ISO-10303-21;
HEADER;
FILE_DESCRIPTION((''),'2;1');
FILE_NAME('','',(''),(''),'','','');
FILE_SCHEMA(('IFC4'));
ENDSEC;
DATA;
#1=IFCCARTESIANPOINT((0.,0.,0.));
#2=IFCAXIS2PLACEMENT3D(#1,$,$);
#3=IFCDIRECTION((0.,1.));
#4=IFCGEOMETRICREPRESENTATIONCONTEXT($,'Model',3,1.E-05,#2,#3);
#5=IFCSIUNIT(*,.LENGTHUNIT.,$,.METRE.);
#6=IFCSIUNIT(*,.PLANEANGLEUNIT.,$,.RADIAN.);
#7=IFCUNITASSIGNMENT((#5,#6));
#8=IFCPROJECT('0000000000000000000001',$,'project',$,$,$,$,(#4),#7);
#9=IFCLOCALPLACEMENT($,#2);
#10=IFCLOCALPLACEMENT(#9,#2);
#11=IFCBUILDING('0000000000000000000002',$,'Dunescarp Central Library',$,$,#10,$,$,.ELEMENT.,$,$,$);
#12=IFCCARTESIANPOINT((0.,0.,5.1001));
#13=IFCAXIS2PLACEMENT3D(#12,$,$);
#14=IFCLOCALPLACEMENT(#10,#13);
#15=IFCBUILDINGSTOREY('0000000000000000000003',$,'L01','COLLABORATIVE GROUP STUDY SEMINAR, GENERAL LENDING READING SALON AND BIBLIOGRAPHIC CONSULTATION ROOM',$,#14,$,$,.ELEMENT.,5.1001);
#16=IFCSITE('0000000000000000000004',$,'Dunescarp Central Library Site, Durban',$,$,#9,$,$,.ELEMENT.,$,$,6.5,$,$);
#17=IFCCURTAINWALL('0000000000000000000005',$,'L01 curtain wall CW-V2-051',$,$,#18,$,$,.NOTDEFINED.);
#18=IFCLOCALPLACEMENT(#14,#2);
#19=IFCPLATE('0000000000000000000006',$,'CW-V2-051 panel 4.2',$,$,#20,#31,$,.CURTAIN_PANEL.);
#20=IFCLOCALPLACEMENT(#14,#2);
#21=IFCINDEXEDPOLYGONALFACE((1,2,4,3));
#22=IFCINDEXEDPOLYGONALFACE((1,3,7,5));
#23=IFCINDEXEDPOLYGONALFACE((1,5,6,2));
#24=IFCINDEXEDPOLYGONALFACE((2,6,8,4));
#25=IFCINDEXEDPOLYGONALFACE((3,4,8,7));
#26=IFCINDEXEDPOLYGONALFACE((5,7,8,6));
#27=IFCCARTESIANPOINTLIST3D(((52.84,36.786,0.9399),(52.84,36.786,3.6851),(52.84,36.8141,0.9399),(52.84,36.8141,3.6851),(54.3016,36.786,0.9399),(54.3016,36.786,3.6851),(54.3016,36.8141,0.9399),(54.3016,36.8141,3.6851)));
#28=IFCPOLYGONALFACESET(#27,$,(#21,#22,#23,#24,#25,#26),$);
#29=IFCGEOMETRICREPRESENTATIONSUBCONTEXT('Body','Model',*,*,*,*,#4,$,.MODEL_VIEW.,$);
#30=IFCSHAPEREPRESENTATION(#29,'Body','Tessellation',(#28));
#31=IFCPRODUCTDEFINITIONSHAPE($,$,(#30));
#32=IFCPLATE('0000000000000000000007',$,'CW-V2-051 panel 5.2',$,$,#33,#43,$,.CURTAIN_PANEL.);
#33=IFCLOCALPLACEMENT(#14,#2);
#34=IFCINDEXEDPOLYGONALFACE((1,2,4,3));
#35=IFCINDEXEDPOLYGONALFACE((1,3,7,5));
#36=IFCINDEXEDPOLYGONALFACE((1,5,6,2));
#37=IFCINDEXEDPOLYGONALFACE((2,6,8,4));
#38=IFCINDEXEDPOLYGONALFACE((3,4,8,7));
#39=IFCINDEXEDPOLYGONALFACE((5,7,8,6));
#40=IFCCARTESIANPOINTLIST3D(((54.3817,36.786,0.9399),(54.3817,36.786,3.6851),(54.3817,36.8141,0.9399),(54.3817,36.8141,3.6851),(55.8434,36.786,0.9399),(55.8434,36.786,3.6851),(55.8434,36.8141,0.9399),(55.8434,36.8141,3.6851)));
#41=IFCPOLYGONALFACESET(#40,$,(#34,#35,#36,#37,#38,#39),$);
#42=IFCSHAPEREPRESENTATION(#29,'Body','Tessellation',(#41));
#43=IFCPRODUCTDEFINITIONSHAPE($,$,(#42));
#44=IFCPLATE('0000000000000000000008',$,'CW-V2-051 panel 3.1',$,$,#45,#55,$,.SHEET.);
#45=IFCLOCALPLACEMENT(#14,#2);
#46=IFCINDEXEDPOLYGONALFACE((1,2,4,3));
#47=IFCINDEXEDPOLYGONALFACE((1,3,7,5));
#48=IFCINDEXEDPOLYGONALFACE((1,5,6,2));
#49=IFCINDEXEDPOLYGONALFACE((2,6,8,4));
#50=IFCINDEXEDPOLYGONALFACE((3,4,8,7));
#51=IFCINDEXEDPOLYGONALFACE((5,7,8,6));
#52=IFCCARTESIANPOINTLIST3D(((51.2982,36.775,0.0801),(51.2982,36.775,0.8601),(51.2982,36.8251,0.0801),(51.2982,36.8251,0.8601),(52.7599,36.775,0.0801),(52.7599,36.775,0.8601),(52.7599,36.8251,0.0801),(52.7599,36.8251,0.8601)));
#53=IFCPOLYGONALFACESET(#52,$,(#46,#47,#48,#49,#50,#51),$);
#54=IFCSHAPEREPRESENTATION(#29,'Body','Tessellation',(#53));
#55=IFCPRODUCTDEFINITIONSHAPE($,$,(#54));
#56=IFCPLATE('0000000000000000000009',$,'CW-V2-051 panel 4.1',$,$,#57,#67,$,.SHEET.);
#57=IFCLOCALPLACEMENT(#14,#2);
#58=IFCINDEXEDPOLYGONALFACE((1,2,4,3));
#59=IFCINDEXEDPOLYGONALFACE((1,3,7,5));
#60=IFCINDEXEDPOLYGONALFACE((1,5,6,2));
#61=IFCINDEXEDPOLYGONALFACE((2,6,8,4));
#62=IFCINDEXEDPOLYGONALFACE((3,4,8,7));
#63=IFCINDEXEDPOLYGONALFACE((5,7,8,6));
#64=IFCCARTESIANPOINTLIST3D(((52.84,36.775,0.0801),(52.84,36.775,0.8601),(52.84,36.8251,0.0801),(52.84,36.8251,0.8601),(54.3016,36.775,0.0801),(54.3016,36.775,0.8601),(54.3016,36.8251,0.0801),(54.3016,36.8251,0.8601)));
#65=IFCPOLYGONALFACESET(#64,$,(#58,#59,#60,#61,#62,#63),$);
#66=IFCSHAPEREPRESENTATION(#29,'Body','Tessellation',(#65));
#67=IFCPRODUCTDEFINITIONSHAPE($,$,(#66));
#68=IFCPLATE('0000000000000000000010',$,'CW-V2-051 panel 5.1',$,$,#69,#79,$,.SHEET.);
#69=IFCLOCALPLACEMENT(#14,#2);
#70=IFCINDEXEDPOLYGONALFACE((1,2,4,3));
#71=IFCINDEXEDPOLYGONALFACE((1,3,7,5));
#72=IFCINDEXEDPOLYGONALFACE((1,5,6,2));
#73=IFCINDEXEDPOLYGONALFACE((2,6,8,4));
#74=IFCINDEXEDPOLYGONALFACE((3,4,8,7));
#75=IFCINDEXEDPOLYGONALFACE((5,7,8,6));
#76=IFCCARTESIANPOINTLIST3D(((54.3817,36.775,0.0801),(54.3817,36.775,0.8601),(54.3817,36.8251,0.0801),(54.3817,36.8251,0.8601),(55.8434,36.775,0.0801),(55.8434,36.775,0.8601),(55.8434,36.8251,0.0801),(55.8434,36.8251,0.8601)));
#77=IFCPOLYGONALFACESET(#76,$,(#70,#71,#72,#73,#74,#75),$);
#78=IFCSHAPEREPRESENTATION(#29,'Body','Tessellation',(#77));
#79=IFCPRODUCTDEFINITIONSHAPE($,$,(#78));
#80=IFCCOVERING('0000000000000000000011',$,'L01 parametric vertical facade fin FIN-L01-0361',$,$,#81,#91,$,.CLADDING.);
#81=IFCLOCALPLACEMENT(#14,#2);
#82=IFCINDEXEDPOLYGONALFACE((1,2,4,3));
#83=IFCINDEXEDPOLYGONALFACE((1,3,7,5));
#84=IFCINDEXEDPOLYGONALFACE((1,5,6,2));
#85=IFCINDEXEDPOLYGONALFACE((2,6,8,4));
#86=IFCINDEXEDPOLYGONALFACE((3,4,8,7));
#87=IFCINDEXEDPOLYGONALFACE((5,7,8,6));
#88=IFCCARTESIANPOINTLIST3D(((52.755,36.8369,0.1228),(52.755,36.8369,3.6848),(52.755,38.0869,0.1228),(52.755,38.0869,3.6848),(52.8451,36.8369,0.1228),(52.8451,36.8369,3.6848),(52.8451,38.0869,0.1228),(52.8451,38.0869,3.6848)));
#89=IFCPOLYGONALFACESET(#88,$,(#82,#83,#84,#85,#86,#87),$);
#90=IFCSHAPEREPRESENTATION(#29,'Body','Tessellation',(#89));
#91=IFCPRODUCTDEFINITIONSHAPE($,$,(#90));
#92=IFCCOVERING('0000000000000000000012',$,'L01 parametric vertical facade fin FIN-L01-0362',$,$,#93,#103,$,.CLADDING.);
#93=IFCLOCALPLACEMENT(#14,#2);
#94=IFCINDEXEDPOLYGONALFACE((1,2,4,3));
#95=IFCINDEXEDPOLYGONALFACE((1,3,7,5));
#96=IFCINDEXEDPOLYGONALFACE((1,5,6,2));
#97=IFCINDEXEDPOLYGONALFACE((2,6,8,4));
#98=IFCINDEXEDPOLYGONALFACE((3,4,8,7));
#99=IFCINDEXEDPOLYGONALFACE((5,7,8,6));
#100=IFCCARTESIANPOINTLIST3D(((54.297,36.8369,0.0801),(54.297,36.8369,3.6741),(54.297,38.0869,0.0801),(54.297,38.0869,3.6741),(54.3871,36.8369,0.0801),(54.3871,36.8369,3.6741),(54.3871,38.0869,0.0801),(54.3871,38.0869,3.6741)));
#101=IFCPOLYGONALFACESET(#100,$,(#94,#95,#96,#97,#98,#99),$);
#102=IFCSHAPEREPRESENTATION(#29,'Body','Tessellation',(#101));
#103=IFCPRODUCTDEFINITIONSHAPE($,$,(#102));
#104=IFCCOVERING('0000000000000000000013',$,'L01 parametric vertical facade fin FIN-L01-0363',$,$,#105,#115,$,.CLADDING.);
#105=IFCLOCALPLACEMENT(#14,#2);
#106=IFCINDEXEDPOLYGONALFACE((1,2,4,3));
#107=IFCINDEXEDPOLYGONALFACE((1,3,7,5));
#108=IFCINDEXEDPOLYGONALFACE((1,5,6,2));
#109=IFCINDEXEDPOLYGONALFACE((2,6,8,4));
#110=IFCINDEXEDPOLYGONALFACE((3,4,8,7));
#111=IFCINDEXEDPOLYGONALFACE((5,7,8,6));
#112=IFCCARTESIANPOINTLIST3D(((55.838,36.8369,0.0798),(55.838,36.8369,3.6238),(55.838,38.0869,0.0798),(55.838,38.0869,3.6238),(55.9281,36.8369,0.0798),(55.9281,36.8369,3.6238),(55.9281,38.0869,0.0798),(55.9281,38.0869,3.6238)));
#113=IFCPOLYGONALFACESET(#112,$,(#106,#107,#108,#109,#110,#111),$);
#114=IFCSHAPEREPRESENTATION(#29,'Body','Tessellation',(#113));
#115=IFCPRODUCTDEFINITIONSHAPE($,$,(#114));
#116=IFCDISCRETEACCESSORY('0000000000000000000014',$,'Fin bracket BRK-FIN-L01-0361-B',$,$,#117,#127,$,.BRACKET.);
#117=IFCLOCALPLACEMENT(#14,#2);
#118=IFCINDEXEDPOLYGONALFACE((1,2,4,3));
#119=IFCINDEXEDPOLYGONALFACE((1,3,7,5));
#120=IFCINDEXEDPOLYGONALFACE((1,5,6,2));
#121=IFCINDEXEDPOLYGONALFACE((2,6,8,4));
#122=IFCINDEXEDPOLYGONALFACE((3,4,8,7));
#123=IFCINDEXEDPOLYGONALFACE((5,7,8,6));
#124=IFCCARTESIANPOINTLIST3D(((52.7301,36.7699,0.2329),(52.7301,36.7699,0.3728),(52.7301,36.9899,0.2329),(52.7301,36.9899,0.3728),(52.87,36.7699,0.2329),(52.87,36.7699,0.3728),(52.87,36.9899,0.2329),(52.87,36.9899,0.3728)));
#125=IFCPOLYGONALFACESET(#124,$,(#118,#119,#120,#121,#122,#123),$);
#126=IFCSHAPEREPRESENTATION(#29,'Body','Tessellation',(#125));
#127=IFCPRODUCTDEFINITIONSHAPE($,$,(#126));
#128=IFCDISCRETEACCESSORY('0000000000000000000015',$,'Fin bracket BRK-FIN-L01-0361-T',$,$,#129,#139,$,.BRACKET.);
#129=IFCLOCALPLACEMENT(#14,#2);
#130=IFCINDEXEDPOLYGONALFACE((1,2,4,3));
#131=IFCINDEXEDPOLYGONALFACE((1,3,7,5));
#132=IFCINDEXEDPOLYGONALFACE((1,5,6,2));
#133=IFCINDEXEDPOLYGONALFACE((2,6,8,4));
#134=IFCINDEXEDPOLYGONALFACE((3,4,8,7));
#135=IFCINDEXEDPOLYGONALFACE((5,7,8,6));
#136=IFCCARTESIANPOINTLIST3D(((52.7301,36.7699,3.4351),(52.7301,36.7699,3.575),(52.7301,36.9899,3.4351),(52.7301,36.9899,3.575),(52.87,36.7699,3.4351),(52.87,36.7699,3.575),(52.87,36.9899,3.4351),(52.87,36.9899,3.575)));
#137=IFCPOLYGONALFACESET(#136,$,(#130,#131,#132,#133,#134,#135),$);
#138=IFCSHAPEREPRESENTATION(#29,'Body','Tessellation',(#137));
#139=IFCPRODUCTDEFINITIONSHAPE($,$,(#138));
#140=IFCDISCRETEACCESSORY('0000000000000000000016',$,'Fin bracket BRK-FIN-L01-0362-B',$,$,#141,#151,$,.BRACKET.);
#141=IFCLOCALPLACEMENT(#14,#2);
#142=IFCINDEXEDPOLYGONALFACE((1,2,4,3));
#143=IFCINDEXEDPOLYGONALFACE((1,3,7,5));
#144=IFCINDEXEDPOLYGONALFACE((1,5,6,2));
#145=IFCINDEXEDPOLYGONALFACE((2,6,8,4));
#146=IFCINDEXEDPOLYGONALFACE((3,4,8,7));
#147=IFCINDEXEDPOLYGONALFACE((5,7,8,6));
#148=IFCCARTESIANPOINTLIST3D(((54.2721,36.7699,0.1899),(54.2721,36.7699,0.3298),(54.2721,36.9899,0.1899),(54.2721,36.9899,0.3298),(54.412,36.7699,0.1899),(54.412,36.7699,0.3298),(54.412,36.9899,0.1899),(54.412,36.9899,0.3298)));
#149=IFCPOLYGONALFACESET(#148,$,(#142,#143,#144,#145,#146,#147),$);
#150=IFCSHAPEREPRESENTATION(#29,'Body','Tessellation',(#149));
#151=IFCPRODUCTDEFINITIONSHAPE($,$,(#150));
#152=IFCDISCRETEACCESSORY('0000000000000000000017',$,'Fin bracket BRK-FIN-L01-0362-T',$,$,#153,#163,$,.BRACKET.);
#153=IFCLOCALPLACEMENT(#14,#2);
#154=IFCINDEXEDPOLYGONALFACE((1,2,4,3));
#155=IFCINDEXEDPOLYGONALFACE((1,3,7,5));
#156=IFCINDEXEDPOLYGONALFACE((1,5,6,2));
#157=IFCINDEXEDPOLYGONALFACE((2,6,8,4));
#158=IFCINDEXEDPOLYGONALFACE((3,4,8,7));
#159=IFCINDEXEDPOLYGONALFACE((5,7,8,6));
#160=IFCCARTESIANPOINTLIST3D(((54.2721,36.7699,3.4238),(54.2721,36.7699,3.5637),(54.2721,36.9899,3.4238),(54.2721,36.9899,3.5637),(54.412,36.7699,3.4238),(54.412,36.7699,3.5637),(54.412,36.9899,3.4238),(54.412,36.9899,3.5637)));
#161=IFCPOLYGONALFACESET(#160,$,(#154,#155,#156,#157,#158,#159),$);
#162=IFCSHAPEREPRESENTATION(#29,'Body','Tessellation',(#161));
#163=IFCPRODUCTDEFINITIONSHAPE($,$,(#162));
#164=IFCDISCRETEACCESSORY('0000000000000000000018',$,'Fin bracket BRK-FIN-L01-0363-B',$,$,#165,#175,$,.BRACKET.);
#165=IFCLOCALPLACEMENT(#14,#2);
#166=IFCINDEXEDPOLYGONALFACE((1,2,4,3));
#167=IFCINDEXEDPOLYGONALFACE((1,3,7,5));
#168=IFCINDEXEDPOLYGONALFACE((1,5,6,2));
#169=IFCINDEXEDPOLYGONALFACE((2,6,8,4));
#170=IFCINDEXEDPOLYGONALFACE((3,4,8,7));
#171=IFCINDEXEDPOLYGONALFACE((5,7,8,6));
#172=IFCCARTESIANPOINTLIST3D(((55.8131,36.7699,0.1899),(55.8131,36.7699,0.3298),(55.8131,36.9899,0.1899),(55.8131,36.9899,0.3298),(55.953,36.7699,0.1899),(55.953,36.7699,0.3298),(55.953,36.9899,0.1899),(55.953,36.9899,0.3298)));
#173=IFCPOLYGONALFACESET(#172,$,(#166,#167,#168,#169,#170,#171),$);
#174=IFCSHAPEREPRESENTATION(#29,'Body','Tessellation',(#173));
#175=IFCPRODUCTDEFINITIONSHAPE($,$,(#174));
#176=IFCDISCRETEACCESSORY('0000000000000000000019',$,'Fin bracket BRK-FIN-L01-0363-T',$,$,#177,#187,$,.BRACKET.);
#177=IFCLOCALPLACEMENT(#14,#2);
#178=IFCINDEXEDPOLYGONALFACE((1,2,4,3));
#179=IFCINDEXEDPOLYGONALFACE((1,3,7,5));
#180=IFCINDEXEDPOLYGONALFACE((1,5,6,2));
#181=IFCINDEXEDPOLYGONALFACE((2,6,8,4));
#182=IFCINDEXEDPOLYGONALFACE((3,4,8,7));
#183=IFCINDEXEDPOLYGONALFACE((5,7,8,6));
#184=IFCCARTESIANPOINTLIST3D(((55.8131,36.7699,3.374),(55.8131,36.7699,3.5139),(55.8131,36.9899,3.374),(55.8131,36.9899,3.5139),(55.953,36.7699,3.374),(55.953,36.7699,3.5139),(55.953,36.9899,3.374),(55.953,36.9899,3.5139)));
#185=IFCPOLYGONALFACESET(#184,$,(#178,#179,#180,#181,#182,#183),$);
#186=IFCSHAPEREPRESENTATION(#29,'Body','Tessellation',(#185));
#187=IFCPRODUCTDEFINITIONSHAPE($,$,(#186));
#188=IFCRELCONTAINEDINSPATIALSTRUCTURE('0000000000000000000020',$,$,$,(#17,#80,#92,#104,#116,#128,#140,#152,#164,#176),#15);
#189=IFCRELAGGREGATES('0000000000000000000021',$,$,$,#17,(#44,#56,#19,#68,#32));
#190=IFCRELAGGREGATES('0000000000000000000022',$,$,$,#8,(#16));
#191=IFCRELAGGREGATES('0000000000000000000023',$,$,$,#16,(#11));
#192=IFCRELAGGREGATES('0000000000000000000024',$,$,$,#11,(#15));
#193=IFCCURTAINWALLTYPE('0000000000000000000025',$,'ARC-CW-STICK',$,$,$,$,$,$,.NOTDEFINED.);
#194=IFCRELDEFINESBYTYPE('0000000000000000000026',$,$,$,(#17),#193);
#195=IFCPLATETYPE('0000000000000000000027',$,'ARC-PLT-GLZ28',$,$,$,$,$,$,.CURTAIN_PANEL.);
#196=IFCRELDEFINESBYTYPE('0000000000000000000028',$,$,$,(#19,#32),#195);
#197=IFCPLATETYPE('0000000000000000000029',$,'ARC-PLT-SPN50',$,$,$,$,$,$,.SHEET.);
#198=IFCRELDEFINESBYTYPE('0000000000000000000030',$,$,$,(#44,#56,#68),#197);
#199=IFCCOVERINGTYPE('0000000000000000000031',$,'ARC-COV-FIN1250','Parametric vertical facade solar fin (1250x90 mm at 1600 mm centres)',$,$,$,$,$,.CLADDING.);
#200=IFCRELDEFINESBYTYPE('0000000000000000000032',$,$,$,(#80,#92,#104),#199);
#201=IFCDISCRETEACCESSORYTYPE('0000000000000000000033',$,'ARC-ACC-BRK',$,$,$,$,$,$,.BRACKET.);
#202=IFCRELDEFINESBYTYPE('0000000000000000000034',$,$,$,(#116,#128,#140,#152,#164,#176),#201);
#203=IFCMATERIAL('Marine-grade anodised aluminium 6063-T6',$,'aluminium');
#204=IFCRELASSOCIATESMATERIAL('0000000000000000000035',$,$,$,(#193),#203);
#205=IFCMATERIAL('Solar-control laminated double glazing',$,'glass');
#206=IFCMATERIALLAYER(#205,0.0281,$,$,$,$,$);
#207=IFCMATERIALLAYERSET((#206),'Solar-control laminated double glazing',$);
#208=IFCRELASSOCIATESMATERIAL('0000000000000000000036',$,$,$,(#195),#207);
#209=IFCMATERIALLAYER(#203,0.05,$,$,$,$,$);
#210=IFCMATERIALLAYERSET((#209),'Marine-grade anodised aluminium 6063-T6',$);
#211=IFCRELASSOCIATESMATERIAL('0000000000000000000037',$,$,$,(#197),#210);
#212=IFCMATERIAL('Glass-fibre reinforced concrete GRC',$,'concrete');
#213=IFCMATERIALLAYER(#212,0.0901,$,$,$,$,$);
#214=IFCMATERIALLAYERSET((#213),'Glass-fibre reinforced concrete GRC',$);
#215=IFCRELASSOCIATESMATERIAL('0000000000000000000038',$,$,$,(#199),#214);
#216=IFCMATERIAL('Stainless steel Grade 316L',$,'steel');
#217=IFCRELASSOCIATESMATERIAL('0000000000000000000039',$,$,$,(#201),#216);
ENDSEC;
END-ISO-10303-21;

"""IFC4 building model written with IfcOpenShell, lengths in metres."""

from ifc_helpers import new_model, si_unit, direction, frame, origin, origin_2d, place, context, subcontext, project, spatial, rectangle, extrude, material, layer, layer_set, type_object, element, aggregate, save


model = new_model("IFC4")

# Units and contexts
model_context = context("Model", 3, precision=1e-05, world=origin(), true_north=direction((0.0, 1.0)))
body_context = subcontext(model_context, "Body", "Model", "MODEL_VIEW")
ifc_project = project(units=[si_unit("LENGTHUNIT", "METRE"), si_unit("PLANEANGLEUNIT", "RADIAN")], contexts=[model_context])

# Site, building, storey
site_placement = place(None, origin())
site = spatial("IfcSite", under=ifc_project, at=site_placement, Name="Dunescarp Central Library Site, Durban", CompositionType="ELEMENT", RefElevation=6.5)
building_placement = place(site_placement, origin())
building = spatial("IfcBuilding", under=site, at=building_placement, Name="Dunescarp Central Library", CompositionType="ELEMENT")
storey_placement = place(building_placement, frame((0.0, 0.0, 5.1001)))
storey = spatial("IfcBuildingStorey", under=building, at=storey_placement, Name="L01", Description="COLLABORATIVE GROUP STUDY SEMINAR, GENERAL LENDING READING SALON AND BIBLIOGRAPHIC CONSULTATION ROOM", CompositionType="ELEMENT", Elevation=5.1001)

# Curtain wall
ifc_material_1 = material(Name="Marine-grade anodised aluminium 6063-T6", Category="aluminium")
curtain_wall_type = type_object("IfcCurtainWallType", Name="ARC-CW-STICK", PredefinedType="NOTDEFINED", material=ifc_material_1)
curtain_wall_placement = place(storey_placement, origin())
curtain_wall = element("IfcCurtainWall", 1, at=curtain_wall_placement, inside=storey, type_object=curtain_wall_type, Name="L01 curtain wall CW-V2-051", PredefinedType="NOTDEFINED")

# Plates
ifc_material_2 = material(Name="Solar-control laminated double glazing", Category="glass")
ifc_layer_1 = layer(ifc_material_2, 0.0281)
ifc_layer_set_1 = layer_set([ifc_layer_1], Name="Solar-control laminated double glazing")
plate_type_1 = type_object("IfcPlateType", Name="ARC-PLT-GLZ28", PredefinedType="CURTAIN_PANEL", material=ifc_layer_set_1)
plate_1_placement = place(storey_placement, frame((53.5708, 36.8, 0.9399), z_axis=(0.0, 0.0, 1.0), x_axis=(1.0, 0.0, 0.0)))
plate_1 = element("IfcPlate", 2, at=plate_1_placement, type_object=plate_type_1, Name="CW-V2-051 panel 4.2", PredefinedType="CURTAIN_PANEL", context=body_context, shape_type="SweptSolid", body=[
    extrude(rectangle(XDim=1.4617, YDim=0.0281, at=origin_2d()), origin(), (0.0, 0.0, 1.0), 2.7451),
])
plate_2_placement = place(storey_placement, frame((55.1125, 36.8, 0.9399), z_axis=(0.0, 0.0, 1.0), x_axis=(1.0, 0.0, 0.0)))
plate_2 = element("IfcPlate", 3, at=plate_2_placement, type_object=plate_type_1, Name="CW-V2-051 panel 5.2", PredefinedType="CURTAIN_PANEL", context=body_context, shape_type="SweptSolid", body=[
    extrude(rectangle(XDim=1.4617, YDim=0.0281, at=origin_2d()), origin(), (0.0, 0.0, 1.0), 2.7451),
])
ifc_layer_2 = layer(ifc_material_1, 0.05)
ifc_layer_set_2 = layer_set([ifc_layer_2], Name="Marine-grade anodised aluminium 6063-T6")
plate_type_2 = type_object("IfcPlateType", Name="ARC-PLT-SPN50", PredefinedType="SHEET", material=ifc_layer_set_2)
plate_3_placement = place(storey_placement, frame((52.0291, 36.8, 0.0801), z_axis=(0.0, 0.0, 1.0), x_axis=(1.0, 0.0, 0.0)))
plate_3 = element("IfcPlate", 4, at=plate_3_placement, type_object=plate_type_2, Name="CW-V2-051 panel 3.1", PredefinedType="SHEET", context=body_context, shape_type="SweptSolid", body=[
    extrude(rectangle(XDim=1.4617, YDim=0.05, at=origin_2d()), origin(), (0.0, 0.0, 1.0), 0.78),
])
plate_4_placement = place(storey_placement, frame((53.5708, 36.8, 0.0801), z_axis=(0.0, 0.0, 1.0), x_axis=(1.0, 0.0, 0.0)))
plate_4 = element("IfcPlate", 5, at=plate_4_placement, type_object=plate_type_2, Name="CW-V2-051 panel 4.1", PredefinedType="SHEET", context=body_context, shape_type="SweptSolid", body=[
    extrude(rectangle(XDim=1.4617, YDim=0.05, at=origin_2d()), origin(), (0.0, 0.0, 1.0), 0.78),
])
plate_5_placement = place(storey_placement, frame((55.1125, 36.8, 0.0801), z_axis=(0.0, 0.0, 1.0), x_axis=(1.0, 0.0, 0.0)))
plate_5 = element("IfcPlate", 6, at=plate_5_placement, type_object=plate_type_2, Name="CW-V2-051 panel 5.1", PredefinedType="SHEET", context=body_context, shape_type="SweptSolid", body=[
    extrude(rectangle(XDim=1.4617, YDim=0.05, at=origin_2d()), origin(), (0.0, 0.0, 1.0), 0.78),
])
aggregate(curtain_wall, [plate_3, plate_4, plate_1, plate_5, plate_2])

# Coverings
ifc_material_3 = material(Name="Glass-fibre reinforced concrete GRC", Category="concrete")
ifc_layer_3 = layer(ifc_material_3, 0.0901)
ifc_layer_set_3 = layer_set([ifc_layer_3], Name="Glass-fibre reinforced concrete GRC")
covering_type = type_object("IfcCoveringType", Name="ARC-COV-FIN1250", Description="Parametric vertical facade solar fin (1250x90 mm at 1600 mm centres)", PredefinedType="CLADDING", material=ifc_layer_set_3)
covering_1_placement = place(storey_placement, frame((52.8, 37.4619, 0.1228), z_axis=(0.0, 0.0, 1.0), x_axis=(0.0, 1.0, 0.0)))
element("IfcCovering", 7, at=covering_1_placement, inside=storey, type_object=covering_type, Name="L01 parametric vertical facade fin FIN-L01-0361", PredefinedType="CLADDING", context=body_context, shape_type="SweptSolid", body=[
    extrude(rectangle(XDim=1.25, YDim=0.0901, at=origin_2d()), origin(), (0.0, 0.0, 1.0), 3.562),
])
covering_2_placement = place(storey_placement, frame((54.342, 37.4619, 0.0801), z_axis=(0.0, 0.0, 1.0), x_axis=(0.0, 1.0, 0.0)))
element("IfcCovering", 8, at=covering_2_placement, inside=storey, type_object=covering_type, Name="L01 parametric vertical facade fin FIN-L01-0362", PredefinedType="CLADDING", context=body_context, shape_type="SweptSolid", body=[
    extrude(rectangle(XDim=1.25, YDim=0.0901, at=origin_2d()), origin(), (0.0, 0.0, 1.0), 3.594),
])
covering_3_placement = place(storey_placement, frame((55.8831, 37.4619, 0.0798), z_axis=(0.0, 0.0, 1.0), x_axis=(0.0, 1.0, 0.0)))
element("IfcCovering", 9, at=covering_3_placement, inside=storey, type_object=covering_type, Name="L01 parametric vertical facade fin FIN-L01-0363", PredefinedType="CLADDING", context=body_context, shape_type="SweptSolid", body=[
    extrude(rectangle(XDim=1.25, YDim=0.0901, at=origin_2d()), origin(), (0.0, 0.0, 1.0), 3.5439),
])

# Discrete accessories
ifc_material_4 = material(Name="Stainless steel Grade 316L", Category="steel")
discrete_accessory_type = type_object("IfcDiscreteAccessoryType", Name="ARC-ACC-BRK", PredefinedType="BRACKET", material=ifc_material_4)
for number, where, z_axis, x_axis, name in (
    (10, (52.8, 36.8799, 0.2329), (0.0, 0.0, 1.0), (0.0, 1.0, 0.0), "Fin bracket BRK-FIN-L01-0361-B"),
    (11, (52.8, 36.8799, 3.4351), (0.0, 0.0, 1.0), (0.0, 1.0, 0.0), "Fin bracket BRK-FIN-L01-0361-T"),
    (12, (54.342, 36.8799, 0.1899), (0.0, 0.0, 1.0), (0.0, 1.0, 0.0), "Fin bracket BRK-FIN-L01-0362-B"),
    (13, (54.342, 36.8799, 3.4238), (0.0, 0.0, 1.0), (0.0, 1.0, 0.0), "Fin bracket BRK-FIN-L01-0362-T"),
    (14, (55.8831, 36.8799, 0.1899), (0.0, 0.0, 1.0), (0.0, 1.0, 0.0), "Fin bracket BRK-FIN-L01-0363-B"),
    (15, (55.8831, 36.8799, 3.374), (0.0, 0.0, 1.0), (0.0, 1.0, 0.0), "Fin bracket BRK-FIN-L01-0363-T"),
):
    element("IfcDiscreteAccessory", number, at=place(storey_placement, frame(where, z_axis=z_axis, x_axis=x_axis)), inside=storey, type_object=discrete_accessory_type, Name=name, PredefinedType="BRACKET", context=body_context, shape_type="SweptSolid", body=[
        extrude(rectangle(XDim=0.22, YDim=0.1399, at=origin_2d()), origin(), (0.0, 0.0, 1.0), 0.1399),
    ])

save(model, "model.ifc")
